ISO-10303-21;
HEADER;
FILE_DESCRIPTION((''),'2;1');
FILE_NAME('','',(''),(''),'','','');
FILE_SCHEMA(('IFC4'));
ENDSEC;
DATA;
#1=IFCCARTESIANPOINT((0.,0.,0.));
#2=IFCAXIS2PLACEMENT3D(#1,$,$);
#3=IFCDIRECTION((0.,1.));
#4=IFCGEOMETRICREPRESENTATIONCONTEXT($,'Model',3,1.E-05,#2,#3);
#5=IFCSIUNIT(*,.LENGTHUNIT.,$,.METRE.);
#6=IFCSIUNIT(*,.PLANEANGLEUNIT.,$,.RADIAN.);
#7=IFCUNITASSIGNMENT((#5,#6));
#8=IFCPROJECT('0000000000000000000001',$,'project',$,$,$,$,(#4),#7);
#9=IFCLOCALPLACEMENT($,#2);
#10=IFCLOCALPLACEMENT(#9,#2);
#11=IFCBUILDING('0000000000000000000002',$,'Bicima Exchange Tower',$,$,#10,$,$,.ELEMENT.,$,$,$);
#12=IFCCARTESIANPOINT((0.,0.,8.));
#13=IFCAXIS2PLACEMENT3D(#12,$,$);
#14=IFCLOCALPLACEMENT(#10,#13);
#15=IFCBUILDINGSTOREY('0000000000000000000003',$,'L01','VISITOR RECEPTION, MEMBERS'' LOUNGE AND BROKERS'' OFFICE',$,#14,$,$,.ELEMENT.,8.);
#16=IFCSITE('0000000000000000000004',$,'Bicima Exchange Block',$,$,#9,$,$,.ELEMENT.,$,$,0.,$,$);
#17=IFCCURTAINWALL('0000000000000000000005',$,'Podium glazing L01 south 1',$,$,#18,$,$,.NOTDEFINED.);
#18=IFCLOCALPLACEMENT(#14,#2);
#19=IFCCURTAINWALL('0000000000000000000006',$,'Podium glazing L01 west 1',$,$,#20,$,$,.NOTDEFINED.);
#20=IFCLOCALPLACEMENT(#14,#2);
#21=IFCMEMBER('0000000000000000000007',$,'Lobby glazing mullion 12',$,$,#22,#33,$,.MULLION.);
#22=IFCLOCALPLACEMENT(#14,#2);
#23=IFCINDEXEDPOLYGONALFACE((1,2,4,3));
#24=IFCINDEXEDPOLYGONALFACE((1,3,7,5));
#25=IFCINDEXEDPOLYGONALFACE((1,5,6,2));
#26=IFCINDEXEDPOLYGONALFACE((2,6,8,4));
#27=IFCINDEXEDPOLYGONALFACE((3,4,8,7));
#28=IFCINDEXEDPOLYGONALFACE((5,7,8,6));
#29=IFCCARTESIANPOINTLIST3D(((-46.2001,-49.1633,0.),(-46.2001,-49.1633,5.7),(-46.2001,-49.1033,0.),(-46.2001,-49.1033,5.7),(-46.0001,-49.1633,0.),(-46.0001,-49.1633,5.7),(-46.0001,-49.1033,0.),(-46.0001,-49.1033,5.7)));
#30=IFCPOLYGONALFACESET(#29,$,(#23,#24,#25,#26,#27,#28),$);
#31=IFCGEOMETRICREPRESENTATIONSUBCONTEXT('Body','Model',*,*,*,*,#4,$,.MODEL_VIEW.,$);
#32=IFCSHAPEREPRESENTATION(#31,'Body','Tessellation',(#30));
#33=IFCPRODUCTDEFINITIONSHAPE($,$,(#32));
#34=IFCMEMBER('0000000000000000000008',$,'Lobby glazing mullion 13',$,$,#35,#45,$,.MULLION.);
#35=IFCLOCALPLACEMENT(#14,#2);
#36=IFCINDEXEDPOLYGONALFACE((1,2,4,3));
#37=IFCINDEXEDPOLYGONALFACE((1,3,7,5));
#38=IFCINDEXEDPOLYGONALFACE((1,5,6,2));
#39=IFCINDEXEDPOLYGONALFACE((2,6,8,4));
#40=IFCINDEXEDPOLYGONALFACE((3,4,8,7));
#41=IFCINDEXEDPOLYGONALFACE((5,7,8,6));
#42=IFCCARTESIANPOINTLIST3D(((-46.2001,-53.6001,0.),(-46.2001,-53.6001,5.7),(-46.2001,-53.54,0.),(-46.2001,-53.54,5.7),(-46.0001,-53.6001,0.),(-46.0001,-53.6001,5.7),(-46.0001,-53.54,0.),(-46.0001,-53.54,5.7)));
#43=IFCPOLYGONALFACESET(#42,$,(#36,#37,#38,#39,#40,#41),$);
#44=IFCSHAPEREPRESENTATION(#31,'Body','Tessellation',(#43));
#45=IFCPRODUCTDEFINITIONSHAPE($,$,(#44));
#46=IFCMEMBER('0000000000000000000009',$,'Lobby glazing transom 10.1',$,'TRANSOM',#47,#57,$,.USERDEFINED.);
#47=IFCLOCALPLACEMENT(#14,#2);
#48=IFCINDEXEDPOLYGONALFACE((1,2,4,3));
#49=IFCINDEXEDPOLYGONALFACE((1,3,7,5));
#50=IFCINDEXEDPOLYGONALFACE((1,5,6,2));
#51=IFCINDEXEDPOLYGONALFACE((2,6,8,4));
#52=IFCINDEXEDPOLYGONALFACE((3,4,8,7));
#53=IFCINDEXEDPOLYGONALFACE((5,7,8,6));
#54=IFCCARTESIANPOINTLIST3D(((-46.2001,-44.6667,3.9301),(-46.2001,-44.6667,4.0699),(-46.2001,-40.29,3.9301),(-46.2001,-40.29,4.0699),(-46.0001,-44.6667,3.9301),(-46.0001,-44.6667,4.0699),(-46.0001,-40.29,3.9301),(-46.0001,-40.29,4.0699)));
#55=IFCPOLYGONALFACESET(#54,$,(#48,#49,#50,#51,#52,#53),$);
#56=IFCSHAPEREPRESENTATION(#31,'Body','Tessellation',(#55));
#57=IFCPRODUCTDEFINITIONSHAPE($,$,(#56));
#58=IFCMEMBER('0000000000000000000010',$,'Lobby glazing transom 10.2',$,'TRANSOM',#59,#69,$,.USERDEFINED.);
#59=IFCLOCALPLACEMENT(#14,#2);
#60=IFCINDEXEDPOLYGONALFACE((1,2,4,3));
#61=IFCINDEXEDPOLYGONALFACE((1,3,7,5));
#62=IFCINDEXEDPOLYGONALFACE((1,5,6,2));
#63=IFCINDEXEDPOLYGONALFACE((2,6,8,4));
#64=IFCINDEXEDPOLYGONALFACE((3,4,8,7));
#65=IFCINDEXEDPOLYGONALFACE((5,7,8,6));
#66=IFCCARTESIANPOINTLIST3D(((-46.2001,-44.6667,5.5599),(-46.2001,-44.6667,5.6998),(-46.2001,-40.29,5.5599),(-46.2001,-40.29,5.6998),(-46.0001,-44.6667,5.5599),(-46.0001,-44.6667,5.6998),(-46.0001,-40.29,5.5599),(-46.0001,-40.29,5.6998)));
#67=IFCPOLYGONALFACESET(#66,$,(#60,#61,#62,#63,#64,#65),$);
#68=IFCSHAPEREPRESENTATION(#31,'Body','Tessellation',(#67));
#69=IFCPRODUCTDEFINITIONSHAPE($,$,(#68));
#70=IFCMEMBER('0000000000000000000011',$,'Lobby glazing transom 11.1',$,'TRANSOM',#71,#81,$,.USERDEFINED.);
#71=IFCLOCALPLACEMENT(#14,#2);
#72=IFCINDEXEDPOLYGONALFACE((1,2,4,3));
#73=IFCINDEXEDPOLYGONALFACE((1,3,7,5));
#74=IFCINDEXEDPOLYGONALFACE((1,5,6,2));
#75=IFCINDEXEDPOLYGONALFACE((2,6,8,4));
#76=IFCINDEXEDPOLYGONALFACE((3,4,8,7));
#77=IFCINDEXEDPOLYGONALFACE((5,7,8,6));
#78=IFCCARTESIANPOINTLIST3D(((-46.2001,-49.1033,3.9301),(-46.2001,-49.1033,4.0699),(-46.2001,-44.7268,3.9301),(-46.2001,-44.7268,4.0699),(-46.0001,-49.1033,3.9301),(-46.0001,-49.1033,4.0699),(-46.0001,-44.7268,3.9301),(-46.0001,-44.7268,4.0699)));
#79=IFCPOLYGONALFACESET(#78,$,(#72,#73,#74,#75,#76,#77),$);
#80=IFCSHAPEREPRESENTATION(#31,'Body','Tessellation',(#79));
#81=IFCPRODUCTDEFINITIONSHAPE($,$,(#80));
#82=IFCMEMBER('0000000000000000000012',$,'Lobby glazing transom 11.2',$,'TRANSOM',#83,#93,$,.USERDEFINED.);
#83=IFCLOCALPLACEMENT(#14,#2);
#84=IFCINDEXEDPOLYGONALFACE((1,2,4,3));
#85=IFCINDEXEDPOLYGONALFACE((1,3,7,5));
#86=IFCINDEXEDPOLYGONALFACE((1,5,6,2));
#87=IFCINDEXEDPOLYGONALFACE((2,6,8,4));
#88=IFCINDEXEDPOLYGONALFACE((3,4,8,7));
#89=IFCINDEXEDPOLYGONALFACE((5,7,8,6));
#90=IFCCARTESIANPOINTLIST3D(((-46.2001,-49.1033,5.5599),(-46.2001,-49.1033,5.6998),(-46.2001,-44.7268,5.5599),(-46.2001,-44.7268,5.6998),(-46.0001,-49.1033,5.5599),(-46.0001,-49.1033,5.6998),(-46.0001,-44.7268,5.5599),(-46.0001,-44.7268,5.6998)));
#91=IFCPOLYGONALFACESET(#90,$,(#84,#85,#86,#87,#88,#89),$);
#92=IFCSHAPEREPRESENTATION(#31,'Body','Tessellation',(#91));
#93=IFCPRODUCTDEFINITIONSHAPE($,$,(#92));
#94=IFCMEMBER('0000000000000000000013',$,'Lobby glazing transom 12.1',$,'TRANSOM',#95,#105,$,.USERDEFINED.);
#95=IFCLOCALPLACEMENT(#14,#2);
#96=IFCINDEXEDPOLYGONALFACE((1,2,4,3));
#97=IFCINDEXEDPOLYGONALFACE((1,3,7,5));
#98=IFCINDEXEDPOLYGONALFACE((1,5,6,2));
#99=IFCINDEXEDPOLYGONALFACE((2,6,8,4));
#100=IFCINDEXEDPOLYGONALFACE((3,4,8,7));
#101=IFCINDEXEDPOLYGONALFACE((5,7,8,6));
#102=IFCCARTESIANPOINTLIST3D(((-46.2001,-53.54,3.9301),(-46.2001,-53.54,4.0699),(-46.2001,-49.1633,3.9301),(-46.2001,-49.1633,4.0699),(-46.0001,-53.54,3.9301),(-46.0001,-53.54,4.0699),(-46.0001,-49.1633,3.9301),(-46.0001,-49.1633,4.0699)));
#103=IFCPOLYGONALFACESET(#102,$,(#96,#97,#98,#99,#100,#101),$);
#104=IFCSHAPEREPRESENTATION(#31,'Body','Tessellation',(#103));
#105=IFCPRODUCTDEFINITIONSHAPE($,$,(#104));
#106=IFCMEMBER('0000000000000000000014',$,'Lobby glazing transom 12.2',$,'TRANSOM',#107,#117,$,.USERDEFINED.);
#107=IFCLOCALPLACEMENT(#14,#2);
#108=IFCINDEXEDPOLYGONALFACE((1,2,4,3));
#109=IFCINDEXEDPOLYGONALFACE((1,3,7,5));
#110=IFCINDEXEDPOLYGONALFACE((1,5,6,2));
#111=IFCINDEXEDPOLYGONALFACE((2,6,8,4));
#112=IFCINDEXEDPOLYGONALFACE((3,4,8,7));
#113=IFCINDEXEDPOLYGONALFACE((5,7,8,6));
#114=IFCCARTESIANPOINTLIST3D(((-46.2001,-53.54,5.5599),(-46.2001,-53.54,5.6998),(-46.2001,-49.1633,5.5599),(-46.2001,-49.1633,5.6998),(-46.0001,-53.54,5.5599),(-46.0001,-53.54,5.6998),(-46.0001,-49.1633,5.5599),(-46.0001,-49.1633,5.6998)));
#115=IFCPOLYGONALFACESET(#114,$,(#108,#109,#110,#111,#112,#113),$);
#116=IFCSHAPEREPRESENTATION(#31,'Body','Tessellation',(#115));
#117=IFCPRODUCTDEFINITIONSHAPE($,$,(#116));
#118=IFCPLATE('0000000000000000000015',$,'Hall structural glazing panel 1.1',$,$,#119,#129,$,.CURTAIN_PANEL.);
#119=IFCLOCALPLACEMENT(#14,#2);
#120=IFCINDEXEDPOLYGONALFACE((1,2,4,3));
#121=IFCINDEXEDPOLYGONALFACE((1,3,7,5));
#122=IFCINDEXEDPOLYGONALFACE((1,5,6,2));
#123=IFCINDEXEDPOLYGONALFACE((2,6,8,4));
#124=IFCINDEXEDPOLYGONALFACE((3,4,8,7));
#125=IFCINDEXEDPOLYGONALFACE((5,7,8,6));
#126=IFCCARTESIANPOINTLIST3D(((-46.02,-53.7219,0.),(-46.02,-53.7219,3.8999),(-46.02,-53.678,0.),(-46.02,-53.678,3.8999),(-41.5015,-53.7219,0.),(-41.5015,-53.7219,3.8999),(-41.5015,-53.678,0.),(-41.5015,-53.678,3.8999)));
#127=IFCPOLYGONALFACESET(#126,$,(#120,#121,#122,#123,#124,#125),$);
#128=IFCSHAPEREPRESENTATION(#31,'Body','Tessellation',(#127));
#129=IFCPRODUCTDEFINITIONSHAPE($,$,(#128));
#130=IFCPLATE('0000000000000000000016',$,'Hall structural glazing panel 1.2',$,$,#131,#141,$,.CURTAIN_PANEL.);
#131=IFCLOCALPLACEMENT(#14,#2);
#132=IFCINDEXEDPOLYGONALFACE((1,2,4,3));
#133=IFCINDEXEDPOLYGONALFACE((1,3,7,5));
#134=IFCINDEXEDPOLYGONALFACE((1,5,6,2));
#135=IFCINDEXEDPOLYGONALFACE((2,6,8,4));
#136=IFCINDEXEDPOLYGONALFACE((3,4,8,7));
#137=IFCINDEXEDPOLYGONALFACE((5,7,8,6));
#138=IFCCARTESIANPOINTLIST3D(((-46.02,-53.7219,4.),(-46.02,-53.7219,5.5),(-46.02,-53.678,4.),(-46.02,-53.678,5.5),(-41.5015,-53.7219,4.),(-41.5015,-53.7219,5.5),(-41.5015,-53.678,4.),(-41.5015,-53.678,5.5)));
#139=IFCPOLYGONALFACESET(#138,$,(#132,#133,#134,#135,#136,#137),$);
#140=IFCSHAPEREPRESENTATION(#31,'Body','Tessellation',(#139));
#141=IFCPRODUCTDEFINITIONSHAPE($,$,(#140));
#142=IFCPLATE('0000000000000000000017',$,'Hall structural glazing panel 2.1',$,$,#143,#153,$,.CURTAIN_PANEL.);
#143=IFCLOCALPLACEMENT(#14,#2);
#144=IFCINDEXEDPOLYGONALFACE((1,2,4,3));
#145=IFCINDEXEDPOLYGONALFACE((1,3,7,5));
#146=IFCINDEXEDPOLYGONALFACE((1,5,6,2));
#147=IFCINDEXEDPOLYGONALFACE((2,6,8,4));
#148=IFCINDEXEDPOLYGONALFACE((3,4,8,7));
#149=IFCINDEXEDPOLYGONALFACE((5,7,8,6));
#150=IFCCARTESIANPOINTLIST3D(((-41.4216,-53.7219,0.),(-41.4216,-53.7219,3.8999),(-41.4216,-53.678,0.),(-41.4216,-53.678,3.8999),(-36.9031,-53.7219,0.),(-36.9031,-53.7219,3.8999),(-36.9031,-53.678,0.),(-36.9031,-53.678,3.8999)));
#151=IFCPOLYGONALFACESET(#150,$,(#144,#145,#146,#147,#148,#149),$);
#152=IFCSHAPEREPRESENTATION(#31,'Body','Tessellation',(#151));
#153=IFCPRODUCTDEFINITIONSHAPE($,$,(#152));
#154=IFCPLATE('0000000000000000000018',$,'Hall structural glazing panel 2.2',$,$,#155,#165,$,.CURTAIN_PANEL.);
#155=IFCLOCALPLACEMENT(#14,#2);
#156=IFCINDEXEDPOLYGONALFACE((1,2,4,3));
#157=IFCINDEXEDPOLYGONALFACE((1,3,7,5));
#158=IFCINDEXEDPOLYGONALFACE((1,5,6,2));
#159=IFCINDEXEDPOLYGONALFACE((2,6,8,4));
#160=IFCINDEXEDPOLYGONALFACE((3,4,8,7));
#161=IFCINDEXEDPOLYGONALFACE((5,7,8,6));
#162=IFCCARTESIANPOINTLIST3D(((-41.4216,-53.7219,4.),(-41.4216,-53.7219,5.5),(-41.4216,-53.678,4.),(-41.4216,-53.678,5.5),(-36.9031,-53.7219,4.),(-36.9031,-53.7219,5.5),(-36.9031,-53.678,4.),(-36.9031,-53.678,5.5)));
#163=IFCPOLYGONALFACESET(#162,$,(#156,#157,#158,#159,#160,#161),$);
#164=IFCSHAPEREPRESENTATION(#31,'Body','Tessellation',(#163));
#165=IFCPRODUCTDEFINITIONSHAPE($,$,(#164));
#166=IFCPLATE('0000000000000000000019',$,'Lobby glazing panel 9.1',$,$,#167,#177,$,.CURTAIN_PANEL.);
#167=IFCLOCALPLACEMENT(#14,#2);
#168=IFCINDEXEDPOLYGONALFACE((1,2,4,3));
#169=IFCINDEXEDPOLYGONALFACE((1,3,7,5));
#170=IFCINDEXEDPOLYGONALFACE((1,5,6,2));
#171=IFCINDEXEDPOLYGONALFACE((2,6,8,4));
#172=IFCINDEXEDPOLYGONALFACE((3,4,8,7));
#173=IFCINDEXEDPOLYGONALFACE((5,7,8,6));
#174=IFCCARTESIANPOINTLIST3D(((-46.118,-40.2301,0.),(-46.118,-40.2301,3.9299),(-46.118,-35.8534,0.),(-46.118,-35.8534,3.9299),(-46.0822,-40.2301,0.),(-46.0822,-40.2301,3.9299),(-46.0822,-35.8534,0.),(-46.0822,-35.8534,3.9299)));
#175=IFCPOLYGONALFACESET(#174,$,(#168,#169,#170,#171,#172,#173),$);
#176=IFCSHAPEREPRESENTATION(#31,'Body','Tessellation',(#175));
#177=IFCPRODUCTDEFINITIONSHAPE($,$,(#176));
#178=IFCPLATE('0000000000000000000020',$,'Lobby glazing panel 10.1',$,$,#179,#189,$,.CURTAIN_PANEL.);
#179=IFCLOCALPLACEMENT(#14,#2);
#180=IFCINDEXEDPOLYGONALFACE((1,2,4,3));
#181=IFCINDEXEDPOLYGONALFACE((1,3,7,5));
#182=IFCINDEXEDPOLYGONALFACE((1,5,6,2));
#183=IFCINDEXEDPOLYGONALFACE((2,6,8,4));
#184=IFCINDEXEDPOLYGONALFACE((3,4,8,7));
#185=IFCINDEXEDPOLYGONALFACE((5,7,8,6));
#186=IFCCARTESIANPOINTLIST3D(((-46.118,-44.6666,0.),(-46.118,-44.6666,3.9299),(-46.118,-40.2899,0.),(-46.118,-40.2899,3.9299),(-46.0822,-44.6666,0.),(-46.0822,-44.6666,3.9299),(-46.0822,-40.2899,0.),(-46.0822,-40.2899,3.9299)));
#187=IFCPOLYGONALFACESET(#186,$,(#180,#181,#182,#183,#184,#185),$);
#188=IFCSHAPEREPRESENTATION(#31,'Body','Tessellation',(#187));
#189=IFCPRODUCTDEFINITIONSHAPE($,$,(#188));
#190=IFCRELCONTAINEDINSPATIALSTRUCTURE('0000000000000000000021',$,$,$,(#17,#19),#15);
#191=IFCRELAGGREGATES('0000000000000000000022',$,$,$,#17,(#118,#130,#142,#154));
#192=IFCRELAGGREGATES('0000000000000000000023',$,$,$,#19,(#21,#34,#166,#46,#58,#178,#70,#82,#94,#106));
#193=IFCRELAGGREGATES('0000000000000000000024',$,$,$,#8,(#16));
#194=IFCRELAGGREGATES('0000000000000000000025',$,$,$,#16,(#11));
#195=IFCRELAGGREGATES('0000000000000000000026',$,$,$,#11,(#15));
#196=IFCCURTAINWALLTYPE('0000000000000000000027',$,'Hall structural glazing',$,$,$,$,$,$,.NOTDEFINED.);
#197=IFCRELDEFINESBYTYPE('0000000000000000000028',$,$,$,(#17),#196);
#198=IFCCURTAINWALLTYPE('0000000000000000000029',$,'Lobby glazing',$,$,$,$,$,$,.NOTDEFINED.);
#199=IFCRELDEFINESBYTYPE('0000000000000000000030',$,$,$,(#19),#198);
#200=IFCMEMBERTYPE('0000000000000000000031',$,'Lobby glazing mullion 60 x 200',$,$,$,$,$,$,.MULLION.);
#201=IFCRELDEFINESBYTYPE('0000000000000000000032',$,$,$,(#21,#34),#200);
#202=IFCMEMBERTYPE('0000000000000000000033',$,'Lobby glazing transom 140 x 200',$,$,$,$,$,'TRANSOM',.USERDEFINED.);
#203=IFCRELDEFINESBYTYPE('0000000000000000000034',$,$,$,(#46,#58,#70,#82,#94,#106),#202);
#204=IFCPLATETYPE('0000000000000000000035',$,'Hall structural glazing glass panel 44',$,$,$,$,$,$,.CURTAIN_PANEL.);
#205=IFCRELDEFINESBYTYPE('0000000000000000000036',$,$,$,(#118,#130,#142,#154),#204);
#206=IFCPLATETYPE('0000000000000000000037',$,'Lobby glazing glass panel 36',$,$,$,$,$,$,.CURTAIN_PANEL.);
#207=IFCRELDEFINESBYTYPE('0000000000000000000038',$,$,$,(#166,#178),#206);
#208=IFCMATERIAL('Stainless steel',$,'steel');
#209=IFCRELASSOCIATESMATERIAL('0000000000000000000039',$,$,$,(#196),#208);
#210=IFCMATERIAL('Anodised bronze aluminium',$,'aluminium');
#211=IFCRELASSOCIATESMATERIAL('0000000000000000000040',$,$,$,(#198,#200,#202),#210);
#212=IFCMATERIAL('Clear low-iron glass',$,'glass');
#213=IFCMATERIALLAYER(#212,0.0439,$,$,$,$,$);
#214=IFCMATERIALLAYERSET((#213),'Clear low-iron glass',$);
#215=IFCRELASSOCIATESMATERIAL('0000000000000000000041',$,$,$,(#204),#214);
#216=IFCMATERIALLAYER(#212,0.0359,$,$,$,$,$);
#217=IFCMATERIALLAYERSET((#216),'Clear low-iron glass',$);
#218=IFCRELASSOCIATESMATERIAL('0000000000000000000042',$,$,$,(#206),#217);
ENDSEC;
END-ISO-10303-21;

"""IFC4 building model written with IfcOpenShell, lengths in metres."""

from ifc_helpers import new_model, si_unit, direction, frame, origin, origin_2d, place, context, subcontext, project, spatial, rectangle, extrude, material, layer, layer_set, material_profile, profile_set, type_object, element, aggregate, save


model = new_model("IFC4")

# Units and contexts
model_context = context("Model", 3, precision=1e-05, world=origin(), true_north=direction((0.0, 1.0)))
body_context = subcontext(model_context, "Body", "Model", "MODEL_VIEW")
ifc_project = project(units=[si_unit("LENGTHUNIT", "METRE"), si_unit("PLANEANGLEUNIT", "RADIAN")], contexts=[model_context])

# Site, building, storey
site_placement = place(None, origin())
site = spatial("IfcSite", under=ifc_project, at=site_placement, Name="Bicima Exchange Block", CompositionType="ELEMENT", RefElevation=0.0)
building_placement = place(site_placement, origin())
building = spatial("IfcBuilding", under=site, at=building_placement, Name="Bicima Exchange Tower", CompositionType="ELEMENT")
storey_placement = place(building_placement, frame((0.0, 0.0, 8.0)))
storey = spatial("IfcBuildingStorey", under=building, at=storey_placement, Name="L01", Description="VISITOR RECEPTION, MEMBERS' LOUNGE AND BROKERS' OFFICE", CompositionType="ELEMENT", Elevation=8.0)

# Curtain walls, members
ifc_material_1 = material(Name="Stainless steel", Category="steel")
curtain_wall_type_1 = type_object("IfcCurtainWallType", Name="Hall structural glazing", PredefinedType="NOTDEFINED", material=ifc_material_1)
curtain_wall_1_placement = place(storey_placement, origin())
curtain_wall_1 = element("IfcCurtainWall", 1, at=curtain_wall_1_placement, inside=storey, type_object=curtain_wall_type_1, Name="Podium glazing L01 south 1", PredefinedType="NOTDEFINED")
ifc_material_2 = material(Name="Anodised bronze aluminium", Category="aluminium")
curtain_wall_type_2 = type_object("IfcCurtainWallType", Name="Lobby glazing", PredefinedType="NOTDEFINED", material=ifc_material_2)
curtain_wall_2_placement = place(storey_placement, origin())
curtain_wall_2 = element("IfcCurtainWall", 2, at=curtain_wall_2_placement, inside=storey, type_object=curtain_wall_type_2, Name="Podium glazing L01 west 1", PredefinedType="NOTDEFINED")
ifc_material_profile_1 = material_profile(ifc_material_2, rectangle(XDim=0.2, YDim=0.0601, at=origin_2d()))
ifc_profile_set_1 = profile_set([ifc_material_profile_1], Name="Anodised bronze aluminium")
member_type_1 = type_object("IfcMemberType", Name="Lobby glazing mullion 60 x 200", PredefinedType="MULLION", material=ifc_profile_set_1)
member_1_placement = place(storey_placement, frame((-46.1001, -49.1333, 0.0), z_axis=(0.0, 0.0, 1.0), x_axis=(1.0, 0.0, 0.0)))
member_1 = element("IfcMember", 3, at=member_1_placement, type_object=member_type_1, Name="Lobby glazing mullion 12", PredefinedType="MULLION", context=body_context, shape_type="SweptSolid", body=[
    extrude(rectangle(XDim=0.2, YDim=0.0601, at=origin_2d()), origin(), (0.0, 0.0, 1.0), 5.7),
])
member_2_placement = place(storey_placement, frame((-46.1001, -53.5701, 0.0), z_axis=(0.0, 0.0, 1.0), x_axis=(1.0, 0.0, 0.0)))
member_2 = element("IfcMember", 4, at=member_2_placement, type_object=member_type_1, Name="Lobby glazing mullion 13", PredefinedType="MULLION", context=body_context, shape_type="SweptSolid", body=[
    extrude(rectangle(XDim=0.2, YDim=0.0601, at=origin_2d()), origin(), (0.0, 0.0, 1.0), 5.7),
])
ifc_material_profile_2 = material_profile(ifc_material_2, rectangle(XDim=0.2, YDim=0.1399, at=origin_2d()))
ifc_profile_set_2 = profile_set([ifc_material_profile_2], Name="Anodised bronze aluminium")
member_type_2 = type_object("IfcMemberType", Name="Lobby glazing transom 140 x 200", ElementType="TRANSOM", PredefinedType="USERDEFINED", material=ifc_profile_set_2)
member_3_placement = place(storey_placement, frame((-46.1001, -40.29, 4.0), z_axis=(0.0, -1.0, 0.0), x_axis=(1.0, 0.0, 0.0)))
member_3 = element("IfcMember", 5, at=member_3_placement, type_object=member_type_2, Name="Lobby glazing transom 10.1", ObjectType="TRANSOM", PredefinedType="USERDEFINED", context=body_context, shape_type="SweptSolid", body=[
    extrude(rectangle(XDim=0.2, YDim=0.1399, at=origin_2d()), origin(), (0.0, 0.0, 1.0), 4.3767),
])
member_4_placement = place(storey_placement, frame((-46.1001, -40.29, 5.6299), z_axis=(0.0, -1.0, 0.0), x_axis=(1.0, 0.0, 0.0)))
member_4 = element("IfcMember", 6, at=member_4_placement, type_object=member_type_2, Name="Lobby glazing transom 10.2", ObjectType="TRANSOM", PredefinedType="USERDEFINED", context=body_context, shape_type="SweptSolid", body=[
    extrude(rectangle(XDim=0.2, YDim=0.1399, at=origin_2d()), origin(), (0.0, 0.0, 1.0), 4.3767),
])
member_5_placement = place(storey_placement, frame((-46.1001, -44.7268, 4.0), z_axis=(0.0, -1.0, 0.0), x_axis=(1.0, 0.0, 0.0)))
member_5 = element("IfcMember", 7, at=member_5_placement, type_object=member_type_2, Name="Lobby glazing transom 11.1", ObjectType="TRANSOM", PredefinedType="USERDEFINED", context=body_context, shape_type="SweptSolid", body=[
    extrude(rectangle(XDim=0.2, YDim=0.1399, at=origin_2d()), origin(), (0.0, 0.0, 1.0), 4.3765),
])
member_6_placement = place(storey_placement, frame((-46.1001, -44.7268, 5.6299), z_axis=(0.0, -1.0, 0.0), x_axis=(1.0, 0.0, 0.0)))
member_6 = element("IfcMember", 8, at=member_6_placement, type_object=member_type_2, Name="Lobby glazing transom 11.2", ObjectType="TRANSOM", PredefinedType="USERDEFINED", context=body_context, shape_type="SweptSolid", body=[
    extrude(rectangle(XDim=0.2, YDim=0.1399, at=origin_2d()), origin(), (0.0, 0.0, 1.0), 4.3765),
])
member_7_placement = place(storey_placement, frame((-46.1001, -49.1633, 4.0), z_axis=(0.0, -1.0, 0.0), x_axis=(1.0, 0.0, 0.0)))
member_7 = element("IfcMember", 9, at=member_7_placement, type_object=member_type_2, Name="Lobby glazing transom 12.1", ObjectType="TRANSOM", PredefinedType="USERDEFINED", context=body_context, shape_type="SweptSolid", body=[
    extrude(rectangle(XDim=0.2, YDim=0.1399, at=origin_2d()), origin(), (0.0, 0.0, 1.0), 4.3767),
])
member_8_placement = place(storey_placement, frame((-46.1001, -49.1633, 5.6299), z_axis=(0.0, -1.0, 0.0), x_axis=(1.0, 0.0, 0.0)))
member_8 = element("IfcMember", 10, at=member_8_placement, type_object=member_type_2, Name="Lobby glazing transom 12.2", ObjectType="TRANSOM", PredefinedType="USERDEFINED", context=body_context, shape_type="SweptSolid", body=[
    extrude(rectangle(XDim=0.2, YDim=0.1399, at=origin_2d()), origin(), (0.0, 0.0, 1.0), 4.3767),
])

# Plates
ifc_material_3 = material(Name="Clear low-iron glass", Category="glass")
ifc_layer_1 = layer(ifc_material_3, 0.0439)
ifc_layer_set_1 = layer_set([ifc_layer_1], Name="Clear low-iron glass")
plate_type_1 = type_object("IfcPlateType", Name="Hall structural glazing glass panel 44", PredefinedType="CURTAIN_PANEL", material=ifc_layer_set_1)
plate_1_placement = place(storey_placement, frame((-43.7607, -53.7, 0.0), z_axis=(0.0, 0.0, 1.0), x_axis=(1.0, 0.0, 0.0)))
plate_1 = element("IfcPlate", 11, at=plate_1_placement, type_object=plate_type_1, Name="Hall structural glazing panel 1.1", PredefinedType="CURTAIN_PANEL", context=body_context, shape_type="SweptSolid", body=[
    extrude(rectangle(XDim=4.5186, YDim=0.0439, at=origin_2d()), origin(), (0.0, 0.0, 1.0), 3.8999),
])
plate_2_placement = place(storey_placement, frame((-43.7607, -53.7, 4.0), z_axis=(0.0, 0.0, 1.0), x_axis=(1.0, 0.0, 0.0)))
plate_2 = element("IfcPlate", 12, at=plate_2_placement, type_object=plate_type_1, Name="Hall structural glazing panel 1.2", PredefinedType="CURTAIN_PANEL", context=body_context, shape_type="SweptSolid", body=[
    extrude(rectangle(XDim=4.5186, YDim=0.0439, at=origin_2d()), origin(), (0.0, 0.0, 1.0), 1.5),
])
plate_3_placement = place(storey_placement, frame((-39.1624, -53.7, 0.0), z_axis=(0.0, 0.0, 1.0), x_axis=(1.0, 0.0, 0.0)))
plate_3 = element("IfcPlate", 13, at=plate_3_placement, type_object=plate_type_1, Name="Hall structural glazing panel 2.1", PredefinedType="CURTAIN_PANEL", context=body_context, shape_type="SweptSolid", body=[
    extrude(rectangle(XDim=4.5186, YDim=0.0439, at=origin_2d()), origin(), (0.0, 0.0, 1.0), 3.8999),
])
plate_4_placement = place(storey_placement, frame((-39.1624, -53.7, 4.0), z_axis=(0.0, 0.0, 1.0), x_axis=(1.0, 0.0, 0.0)))
plate_4 = element("IfcPlate", 14, at=plate_4_placement, type_object=plate_type_1, Name="Hall structural glazing panel 2.2", PredefinedType="CURTAIN_PANEL", context=body_context, shape_type="SweptSolid", body=[
    extrude(rectangle(XDim=4.5186, YDim=0.0439, at=origin_2d()), origin(), (0.0, 0.0, 1.0), 1.5),
])
aggregate(curtain_wall_1, [plate_1, plate_2, plate_3, plate_4])
ifc_layer_2 = layer(ifc_material_3, 0.0359)
ifc_layer_set_2 = layer_set([ifc_layer_2], Name="Clear low-iron glass")
plate_type_2 = type_object("IfcPlateType", Name="Lobby glazing glass panel 36", PredefinedType="CURTAIN_PANEL", material=ifc_layer_set_2)
plate_5_placement = place(storey_placement, frame((-46.1001, -38.0417, 0.0), z_axis=(0.0, 0.0, 1.0), x_axis=(0.0, -1.0, 0.0)))
plate_5 = element("IfcPlate", 15, at=plate_5_placement, type_object=plate_type_2, Name="Lobby glazing panel 9.1", PredefinedType="CURTAIN_PANEL", context=body_context, shape_type="SweptSolid", body=[
    extrude(rectangle(XDim=4.3767, YDim=0.0359, at=origin_2d()), origin(), (0.0, 0.0, 1.0), 3.9299),
])
plate_6_placement = place(storey_placement, frame((-46.1001, -42.4783, 0.0), z_axis=(0.0, 0.0, 1.0), x_axis=(0.0, -1.0, 0.0)))
plate_6 = element("IfcPlate", 16, at=plate_6_placement, type_object=plate_type_2, Name="Lobby glazing panel 10.1", PredefinedType="CURTAIN_PANEL", context=body_context, shape_type="SweptSolid", body=[
    extrude(rectangle(XDim=4.3767, YDim=0.0359, at=origin_2d()), origin(), (0.0, 0.0, 1.0), 3.9299),
])
aggregate(curtain_wall_2, [member_1, member_2, plate_5, member_3, member_4, plate_6, member_5, member_6, member_7, member_8])

save(model, "model.ifc")
